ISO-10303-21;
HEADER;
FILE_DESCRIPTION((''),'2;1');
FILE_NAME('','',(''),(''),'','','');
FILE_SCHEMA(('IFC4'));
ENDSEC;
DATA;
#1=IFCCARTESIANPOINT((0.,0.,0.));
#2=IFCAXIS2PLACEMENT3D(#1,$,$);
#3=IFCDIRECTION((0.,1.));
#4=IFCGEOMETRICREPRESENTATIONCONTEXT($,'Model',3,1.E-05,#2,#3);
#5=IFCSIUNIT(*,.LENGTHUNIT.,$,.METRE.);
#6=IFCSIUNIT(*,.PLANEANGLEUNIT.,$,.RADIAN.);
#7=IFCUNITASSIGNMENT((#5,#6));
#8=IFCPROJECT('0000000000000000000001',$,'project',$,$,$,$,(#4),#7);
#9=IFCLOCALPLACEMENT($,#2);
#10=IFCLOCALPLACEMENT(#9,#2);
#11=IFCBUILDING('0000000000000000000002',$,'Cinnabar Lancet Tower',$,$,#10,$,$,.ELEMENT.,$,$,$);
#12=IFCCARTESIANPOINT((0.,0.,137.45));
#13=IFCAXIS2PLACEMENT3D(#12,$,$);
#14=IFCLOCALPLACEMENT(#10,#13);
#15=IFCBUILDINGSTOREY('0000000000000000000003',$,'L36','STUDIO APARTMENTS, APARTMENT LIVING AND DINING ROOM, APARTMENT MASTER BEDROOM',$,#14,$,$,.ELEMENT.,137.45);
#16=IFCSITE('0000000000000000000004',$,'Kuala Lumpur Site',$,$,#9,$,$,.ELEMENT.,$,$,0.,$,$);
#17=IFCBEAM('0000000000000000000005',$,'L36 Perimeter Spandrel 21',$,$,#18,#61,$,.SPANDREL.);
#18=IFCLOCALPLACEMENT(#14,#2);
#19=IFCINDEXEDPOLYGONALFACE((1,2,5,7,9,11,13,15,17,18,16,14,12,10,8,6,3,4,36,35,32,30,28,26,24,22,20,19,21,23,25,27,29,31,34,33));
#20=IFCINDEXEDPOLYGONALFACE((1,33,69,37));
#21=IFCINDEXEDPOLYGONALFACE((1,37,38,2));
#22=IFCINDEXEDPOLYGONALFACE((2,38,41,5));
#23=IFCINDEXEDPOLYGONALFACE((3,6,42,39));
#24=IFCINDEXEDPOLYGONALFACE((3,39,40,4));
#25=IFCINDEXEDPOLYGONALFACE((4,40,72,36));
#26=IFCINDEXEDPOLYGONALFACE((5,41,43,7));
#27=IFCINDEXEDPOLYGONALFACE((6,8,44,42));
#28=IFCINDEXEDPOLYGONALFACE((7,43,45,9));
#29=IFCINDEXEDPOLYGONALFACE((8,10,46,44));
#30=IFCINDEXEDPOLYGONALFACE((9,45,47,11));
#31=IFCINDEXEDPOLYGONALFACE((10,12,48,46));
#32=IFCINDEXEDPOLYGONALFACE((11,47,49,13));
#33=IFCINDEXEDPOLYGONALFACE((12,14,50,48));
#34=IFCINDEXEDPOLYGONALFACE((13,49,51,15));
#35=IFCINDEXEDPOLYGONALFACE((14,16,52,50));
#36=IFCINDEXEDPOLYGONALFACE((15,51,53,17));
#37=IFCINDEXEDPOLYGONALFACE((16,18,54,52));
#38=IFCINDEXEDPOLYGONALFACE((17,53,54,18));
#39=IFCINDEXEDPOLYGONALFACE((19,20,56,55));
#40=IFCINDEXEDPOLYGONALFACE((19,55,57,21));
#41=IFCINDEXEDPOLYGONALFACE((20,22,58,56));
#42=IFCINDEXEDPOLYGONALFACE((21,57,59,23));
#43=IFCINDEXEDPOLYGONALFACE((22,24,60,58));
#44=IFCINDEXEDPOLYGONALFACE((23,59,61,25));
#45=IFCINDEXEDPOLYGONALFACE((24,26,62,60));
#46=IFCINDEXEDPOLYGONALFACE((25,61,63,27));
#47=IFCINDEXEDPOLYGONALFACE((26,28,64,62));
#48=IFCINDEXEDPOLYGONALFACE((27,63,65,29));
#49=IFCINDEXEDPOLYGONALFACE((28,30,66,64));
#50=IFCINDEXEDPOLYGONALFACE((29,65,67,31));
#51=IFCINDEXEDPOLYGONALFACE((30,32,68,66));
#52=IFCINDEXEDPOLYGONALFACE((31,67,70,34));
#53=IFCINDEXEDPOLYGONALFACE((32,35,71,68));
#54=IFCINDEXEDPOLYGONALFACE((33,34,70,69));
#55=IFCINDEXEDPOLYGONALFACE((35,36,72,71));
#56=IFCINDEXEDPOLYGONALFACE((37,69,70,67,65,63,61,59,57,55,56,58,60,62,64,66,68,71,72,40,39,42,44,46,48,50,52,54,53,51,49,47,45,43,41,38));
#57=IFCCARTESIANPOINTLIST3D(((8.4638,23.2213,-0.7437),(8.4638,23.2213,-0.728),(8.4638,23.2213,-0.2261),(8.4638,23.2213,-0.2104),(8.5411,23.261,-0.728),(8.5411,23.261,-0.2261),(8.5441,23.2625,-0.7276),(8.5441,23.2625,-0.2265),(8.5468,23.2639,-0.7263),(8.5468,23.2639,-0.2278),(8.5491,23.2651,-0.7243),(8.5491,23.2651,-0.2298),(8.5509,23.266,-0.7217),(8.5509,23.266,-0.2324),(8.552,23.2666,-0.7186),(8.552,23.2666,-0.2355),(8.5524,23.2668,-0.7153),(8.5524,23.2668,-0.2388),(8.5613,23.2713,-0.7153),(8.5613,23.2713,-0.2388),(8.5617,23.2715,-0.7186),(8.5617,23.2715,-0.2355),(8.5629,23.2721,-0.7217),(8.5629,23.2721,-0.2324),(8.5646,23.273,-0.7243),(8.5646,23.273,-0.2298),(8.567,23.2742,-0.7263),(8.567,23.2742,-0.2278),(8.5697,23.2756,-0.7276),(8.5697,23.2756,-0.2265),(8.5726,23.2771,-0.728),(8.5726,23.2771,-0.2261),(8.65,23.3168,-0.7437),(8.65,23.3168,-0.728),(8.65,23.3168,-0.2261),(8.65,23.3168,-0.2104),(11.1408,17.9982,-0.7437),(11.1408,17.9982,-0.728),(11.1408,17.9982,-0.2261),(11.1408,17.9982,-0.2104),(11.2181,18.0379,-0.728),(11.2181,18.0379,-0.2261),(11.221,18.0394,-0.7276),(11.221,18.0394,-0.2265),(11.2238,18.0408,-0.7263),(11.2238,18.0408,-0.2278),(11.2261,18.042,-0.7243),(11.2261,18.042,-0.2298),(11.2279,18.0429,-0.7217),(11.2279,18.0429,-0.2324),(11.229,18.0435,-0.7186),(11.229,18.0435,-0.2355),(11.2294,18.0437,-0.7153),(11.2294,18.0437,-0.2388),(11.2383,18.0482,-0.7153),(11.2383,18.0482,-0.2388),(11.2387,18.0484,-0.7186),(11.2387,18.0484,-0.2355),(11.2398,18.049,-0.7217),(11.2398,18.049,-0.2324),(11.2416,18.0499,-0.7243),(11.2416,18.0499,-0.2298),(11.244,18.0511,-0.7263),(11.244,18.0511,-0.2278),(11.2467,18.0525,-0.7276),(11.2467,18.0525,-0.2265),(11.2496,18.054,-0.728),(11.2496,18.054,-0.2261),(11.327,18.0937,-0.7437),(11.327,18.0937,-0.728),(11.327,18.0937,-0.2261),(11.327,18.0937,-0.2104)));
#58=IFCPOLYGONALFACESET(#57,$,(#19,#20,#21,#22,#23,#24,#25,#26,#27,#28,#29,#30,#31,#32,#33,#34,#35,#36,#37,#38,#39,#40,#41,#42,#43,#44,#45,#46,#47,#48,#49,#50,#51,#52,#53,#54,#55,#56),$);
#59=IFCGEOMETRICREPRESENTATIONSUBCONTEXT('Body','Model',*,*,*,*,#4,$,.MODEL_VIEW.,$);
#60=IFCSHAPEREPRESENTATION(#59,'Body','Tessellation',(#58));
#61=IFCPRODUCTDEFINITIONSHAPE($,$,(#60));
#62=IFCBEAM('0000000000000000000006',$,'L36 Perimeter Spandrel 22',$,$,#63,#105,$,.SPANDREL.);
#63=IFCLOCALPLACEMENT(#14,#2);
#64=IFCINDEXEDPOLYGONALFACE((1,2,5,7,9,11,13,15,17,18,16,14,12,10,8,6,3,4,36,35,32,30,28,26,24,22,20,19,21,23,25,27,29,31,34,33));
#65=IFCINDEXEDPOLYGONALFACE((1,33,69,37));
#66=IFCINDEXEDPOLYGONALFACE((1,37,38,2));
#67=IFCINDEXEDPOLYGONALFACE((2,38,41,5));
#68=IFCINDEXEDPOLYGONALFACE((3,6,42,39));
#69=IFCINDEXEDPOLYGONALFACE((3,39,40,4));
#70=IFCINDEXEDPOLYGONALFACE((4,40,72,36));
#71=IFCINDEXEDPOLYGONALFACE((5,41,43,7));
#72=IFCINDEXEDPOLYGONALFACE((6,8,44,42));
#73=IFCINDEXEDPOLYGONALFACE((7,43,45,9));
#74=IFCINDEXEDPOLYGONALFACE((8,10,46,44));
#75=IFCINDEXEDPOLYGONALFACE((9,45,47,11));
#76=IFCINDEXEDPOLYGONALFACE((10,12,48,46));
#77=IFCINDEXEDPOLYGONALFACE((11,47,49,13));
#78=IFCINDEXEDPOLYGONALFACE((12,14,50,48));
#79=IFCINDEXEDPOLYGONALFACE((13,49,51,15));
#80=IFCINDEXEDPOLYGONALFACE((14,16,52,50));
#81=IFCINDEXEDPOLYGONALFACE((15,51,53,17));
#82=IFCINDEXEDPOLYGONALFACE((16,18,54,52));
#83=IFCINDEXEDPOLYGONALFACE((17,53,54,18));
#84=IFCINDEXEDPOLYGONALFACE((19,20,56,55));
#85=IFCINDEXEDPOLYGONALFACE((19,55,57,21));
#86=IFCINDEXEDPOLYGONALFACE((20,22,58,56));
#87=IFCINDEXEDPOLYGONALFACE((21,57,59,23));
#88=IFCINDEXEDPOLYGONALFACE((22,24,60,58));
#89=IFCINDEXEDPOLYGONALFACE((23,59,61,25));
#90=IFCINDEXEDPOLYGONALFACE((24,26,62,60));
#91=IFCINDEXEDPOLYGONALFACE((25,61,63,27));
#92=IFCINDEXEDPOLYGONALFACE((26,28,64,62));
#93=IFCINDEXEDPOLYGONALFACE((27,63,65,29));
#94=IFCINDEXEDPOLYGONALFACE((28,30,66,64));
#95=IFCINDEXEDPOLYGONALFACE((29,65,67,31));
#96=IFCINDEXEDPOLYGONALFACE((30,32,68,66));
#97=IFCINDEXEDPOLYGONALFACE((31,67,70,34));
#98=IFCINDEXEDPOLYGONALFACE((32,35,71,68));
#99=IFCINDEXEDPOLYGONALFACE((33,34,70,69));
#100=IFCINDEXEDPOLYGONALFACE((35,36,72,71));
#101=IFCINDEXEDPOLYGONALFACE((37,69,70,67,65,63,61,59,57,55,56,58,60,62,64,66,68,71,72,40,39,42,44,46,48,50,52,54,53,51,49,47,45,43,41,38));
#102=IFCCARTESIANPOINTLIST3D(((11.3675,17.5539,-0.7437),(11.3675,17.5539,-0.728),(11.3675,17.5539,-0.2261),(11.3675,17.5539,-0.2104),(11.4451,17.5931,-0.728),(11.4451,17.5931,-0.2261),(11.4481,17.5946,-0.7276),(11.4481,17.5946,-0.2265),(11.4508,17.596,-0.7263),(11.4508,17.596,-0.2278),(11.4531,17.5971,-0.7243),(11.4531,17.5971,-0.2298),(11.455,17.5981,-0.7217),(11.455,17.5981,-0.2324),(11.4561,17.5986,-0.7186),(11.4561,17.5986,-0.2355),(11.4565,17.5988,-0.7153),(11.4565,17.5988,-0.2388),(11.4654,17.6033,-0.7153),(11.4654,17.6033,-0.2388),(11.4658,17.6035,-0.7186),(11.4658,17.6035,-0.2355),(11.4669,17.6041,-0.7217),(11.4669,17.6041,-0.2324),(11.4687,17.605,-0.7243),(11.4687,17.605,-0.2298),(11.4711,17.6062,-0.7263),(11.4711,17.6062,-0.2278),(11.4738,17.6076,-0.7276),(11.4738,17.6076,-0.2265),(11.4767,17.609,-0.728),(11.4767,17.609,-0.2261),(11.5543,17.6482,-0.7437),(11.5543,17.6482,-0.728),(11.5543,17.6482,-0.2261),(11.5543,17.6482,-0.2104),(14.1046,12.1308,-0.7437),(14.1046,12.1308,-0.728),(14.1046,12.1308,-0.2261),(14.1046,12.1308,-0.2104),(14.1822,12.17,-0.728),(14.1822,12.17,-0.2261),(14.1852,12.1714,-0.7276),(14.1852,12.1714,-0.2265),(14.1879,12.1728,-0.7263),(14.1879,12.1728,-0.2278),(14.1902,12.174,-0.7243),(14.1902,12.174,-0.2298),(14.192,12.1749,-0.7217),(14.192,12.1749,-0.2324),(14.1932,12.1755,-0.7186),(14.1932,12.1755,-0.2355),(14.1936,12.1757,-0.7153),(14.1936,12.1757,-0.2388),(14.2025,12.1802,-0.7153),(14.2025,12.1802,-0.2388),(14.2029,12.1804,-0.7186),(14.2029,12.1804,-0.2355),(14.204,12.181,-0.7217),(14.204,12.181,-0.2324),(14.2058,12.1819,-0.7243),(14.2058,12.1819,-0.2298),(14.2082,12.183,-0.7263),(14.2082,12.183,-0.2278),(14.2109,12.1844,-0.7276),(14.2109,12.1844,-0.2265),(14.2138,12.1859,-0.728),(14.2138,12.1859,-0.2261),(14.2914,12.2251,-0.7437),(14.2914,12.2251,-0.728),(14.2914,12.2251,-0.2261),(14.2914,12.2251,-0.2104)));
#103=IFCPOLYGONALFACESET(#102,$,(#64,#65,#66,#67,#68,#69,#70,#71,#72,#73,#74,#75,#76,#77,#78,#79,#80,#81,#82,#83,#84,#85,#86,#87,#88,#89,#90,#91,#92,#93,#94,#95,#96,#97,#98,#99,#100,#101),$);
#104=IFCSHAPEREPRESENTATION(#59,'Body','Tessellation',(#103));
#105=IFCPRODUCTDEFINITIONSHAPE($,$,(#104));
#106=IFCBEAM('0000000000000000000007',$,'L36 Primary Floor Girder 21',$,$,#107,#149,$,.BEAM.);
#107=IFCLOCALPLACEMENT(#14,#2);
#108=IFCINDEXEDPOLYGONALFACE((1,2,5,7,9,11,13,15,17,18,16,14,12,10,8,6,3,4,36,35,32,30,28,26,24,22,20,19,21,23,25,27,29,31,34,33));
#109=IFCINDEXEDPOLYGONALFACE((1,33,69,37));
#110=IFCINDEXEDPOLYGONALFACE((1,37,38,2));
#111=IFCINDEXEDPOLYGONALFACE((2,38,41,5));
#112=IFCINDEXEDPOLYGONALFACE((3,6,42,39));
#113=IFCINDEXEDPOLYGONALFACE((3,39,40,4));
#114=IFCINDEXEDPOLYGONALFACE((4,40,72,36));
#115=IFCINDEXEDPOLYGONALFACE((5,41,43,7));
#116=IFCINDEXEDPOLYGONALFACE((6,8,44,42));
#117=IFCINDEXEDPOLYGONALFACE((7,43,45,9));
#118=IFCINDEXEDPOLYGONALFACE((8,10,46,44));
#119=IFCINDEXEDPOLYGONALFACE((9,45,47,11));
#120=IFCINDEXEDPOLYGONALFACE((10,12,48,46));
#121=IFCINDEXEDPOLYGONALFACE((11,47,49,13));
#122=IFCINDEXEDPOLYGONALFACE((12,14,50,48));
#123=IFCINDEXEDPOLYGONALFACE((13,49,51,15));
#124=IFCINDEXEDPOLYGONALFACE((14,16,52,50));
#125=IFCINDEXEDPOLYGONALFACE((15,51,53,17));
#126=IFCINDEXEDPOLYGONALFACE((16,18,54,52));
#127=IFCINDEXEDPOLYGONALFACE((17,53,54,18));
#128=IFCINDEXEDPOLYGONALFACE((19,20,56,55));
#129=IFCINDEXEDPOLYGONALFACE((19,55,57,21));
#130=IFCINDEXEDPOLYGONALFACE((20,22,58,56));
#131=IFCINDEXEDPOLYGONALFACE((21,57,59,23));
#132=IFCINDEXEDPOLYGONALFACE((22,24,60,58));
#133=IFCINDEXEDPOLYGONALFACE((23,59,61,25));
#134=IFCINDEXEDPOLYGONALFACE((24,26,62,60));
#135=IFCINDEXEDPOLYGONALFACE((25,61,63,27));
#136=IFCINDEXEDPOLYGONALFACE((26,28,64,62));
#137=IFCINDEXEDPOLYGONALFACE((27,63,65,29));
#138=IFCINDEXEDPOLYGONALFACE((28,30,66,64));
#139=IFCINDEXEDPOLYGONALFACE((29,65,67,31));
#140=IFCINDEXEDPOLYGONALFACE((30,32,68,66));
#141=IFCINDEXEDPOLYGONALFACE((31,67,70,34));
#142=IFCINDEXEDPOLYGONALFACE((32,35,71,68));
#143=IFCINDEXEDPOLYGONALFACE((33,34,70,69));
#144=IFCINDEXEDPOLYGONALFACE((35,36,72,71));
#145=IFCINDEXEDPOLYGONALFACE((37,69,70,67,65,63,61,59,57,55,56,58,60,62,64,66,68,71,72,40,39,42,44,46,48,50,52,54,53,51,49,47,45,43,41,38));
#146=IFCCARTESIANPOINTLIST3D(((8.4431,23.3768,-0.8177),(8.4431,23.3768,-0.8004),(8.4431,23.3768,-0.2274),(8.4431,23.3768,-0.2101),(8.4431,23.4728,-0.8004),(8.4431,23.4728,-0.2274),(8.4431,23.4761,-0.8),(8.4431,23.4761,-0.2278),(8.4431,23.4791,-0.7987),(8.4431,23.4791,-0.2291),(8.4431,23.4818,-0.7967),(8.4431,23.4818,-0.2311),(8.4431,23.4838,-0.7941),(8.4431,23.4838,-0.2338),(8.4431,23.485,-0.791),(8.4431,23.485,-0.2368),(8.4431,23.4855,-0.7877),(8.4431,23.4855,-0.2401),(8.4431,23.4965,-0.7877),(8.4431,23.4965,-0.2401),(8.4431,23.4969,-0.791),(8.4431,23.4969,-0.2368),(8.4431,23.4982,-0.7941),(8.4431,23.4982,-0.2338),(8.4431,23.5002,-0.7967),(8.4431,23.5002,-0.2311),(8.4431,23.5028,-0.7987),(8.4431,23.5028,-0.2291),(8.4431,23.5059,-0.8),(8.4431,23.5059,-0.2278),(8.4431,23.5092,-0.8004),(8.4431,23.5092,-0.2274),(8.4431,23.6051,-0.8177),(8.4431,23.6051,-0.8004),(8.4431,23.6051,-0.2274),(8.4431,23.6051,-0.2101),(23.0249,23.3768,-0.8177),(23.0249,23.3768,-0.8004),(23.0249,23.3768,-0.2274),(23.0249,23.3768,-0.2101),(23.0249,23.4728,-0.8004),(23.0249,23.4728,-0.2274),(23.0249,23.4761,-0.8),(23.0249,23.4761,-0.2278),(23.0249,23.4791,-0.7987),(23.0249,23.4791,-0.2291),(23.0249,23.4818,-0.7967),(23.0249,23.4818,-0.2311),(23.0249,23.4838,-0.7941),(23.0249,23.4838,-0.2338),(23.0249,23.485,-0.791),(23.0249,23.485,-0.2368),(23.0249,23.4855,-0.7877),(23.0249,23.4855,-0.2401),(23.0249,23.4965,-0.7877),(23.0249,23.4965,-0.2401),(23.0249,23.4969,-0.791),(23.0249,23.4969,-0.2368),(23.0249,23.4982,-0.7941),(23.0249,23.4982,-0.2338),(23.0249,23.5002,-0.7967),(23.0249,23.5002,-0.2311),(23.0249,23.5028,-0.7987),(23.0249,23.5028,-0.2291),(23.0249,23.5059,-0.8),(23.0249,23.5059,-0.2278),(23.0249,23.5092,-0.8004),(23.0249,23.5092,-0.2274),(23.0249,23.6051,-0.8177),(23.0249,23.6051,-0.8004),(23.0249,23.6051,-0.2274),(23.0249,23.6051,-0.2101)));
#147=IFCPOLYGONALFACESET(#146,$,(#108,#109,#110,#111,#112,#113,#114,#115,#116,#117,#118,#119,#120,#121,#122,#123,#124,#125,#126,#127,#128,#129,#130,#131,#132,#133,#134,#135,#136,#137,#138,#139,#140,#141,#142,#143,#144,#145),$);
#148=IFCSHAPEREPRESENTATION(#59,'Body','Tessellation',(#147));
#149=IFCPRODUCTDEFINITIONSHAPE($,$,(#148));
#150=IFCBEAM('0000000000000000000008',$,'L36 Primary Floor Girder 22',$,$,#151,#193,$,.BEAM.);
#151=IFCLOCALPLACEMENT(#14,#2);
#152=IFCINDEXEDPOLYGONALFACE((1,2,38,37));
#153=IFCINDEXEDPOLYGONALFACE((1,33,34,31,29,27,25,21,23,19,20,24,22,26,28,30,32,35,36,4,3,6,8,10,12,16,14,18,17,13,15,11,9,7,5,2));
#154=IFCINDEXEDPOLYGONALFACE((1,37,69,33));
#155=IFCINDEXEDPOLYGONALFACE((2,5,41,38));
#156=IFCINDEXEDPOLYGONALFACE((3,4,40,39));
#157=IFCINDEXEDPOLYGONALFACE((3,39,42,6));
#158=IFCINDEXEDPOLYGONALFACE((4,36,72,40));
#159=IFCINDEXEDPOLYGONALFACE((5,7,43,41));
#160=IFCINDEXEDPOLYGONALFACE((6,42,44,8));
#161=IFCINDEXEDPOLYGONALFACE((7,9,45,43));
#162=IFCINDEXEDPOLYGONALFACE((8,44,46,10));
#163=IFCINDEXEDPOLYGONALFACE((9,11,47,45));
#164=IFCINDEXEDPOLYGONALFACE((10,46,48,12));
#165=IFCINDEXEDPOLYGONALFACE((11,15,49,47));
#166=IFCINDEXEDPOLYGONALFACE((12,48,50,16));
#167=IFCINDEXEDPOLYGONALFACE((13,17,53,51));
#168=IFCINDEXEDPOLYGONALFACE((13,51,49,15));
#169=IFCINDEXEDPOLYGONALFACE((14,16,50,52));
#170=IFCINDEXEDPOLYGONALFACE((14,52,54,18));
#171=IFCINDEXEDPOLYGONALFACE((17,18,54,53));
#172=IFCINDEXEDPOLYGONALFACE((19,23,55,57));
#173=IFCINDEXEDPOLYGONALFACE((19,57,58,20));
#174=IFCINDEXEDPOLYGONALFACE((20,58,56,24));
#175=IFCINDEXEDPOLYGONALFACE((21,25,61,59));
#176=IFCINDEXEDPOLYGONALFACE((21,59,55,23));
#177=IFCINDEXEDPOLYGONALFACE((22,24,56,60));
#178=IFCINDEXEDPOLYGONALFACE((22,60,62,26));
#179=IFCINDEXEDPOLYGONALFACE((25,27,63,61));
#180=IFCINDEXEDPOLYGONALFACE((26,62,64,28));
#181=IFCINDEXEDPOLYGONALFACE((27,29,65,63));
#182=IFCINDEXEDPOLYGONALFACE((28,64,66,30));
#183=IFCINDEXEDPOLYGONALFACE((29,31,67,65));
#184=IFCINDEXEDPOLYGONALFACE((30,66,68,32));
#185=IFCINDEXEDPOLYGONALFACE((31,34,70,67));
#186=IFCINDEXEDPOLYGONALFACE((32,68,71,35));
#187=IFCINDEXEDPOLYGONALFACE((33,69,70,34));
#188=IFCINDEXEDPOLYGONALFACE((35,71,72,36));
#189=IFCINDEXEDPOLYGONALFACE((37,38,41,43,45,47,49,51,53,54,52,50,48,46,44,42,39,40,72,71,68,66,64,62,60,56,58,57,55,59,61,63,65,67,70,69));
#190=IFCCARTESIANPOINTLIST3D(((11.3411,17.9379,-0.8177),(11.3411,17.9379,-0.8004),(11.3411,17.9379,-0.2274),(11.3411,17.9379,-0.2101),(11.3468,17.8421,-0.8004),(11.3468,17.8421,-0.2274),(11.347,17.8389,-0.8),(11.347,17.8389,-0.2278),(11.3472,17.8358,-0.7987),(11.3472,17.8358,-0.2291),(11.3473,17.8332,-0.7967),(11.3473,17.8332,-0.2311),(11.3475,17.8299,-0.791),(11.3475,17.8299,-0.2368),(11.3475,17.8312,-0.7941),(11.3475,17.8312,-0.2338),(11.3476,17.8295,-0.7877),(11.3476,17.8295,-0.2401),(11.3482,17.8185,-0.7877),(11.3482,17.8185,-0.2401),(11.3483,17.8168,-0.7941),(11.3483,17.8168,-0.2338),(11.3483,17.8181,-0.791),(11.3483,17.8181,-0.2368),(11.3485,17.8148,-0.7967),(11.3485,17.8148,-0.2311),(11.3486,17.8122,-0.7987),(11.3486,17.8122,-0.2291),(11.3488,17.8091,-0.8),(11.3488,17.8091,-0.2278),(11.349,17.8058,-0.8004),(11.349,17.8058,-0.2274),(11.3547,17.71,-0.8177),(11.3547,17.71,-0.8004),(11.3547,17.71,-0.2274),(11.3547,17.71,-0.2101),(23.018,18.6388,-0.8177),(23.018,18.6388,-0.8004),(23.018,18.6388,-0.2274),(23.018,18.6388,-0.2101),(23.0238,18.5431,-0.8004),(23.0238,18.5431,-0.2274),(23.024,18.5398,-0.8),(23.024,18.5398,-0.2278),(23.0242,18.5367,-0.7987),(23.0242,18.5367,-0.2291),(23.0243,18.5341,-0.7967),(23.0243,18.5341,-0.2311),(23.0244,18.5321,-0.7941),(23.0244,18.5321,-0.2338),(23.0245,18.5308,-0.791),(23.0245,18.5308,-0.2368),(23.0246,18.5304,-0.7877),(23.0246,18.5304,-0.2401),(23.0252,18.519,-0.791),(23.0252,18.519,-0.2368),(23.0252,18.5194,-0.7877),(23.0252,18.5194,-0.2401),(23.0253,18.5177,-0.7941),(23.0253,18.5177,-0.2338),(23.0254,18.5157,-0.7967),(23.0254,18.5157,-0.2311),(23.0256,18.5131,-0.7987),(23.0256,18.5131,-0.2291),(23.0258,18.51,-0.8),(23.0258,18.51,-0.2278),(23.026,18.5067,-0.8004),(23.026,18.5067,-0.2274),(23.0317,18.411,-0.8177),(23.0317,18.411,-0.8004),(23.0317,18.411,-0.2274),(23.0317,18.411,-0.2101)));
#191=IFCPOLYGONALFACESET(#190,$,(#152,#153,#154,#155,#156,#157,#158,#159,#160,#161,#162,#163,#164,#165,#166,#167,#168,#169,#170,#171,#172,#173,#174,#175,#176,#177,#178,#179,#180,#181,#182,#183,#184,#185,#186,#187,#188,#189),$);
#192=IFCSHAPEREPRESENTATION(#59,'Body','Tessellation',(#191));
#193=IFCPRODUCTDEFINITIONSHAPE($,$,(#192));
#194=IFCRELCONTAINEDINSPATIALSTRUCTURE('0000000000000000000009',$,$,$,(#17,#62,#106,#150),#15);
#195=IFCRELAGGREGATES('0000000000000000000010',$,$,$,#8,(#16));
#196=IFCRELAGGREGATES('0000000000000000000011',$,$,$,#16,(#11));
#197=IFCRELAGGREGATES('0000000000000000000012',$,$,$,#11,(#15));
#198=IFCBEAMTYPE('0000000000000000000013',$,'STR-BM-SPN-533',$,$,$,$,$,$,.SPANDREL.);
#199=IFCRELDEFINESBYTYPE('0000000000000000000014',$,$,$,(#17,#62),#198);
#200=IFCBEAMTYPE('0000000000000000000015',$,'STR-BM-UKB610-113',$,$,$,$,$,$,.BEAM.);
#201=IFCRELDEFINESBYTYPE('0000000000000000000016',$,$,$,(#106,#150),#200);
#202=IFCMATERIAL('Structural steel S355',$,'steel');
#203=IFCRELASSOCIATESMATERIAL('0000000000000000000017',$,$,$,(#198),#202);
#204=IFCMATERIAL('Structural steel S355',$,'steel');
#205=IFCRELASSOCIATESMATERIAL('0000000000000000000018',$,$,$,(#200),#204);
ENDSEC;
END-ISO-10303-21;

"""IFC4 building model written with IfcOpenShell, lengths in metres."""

from ifc_helpers import new_model, si_unit, direction, frame, origin, origin_2d, place, context, subcontext, project, spatial, i_section, extrude, material, material_profile, profile_set, type_object, element, save


model = new_model("IFC4")

# Units and contexts
model_context = context("Model", 3, precision=1e-05, world=origin(), true_north=direction((0.0, 1.0)))
body_context = subcontext(model_context, "Body", "Model", "MODEL_VIEW")
ifc_project = project(units=[si_unit("LENGTHUNIT", "METRE"), si_unit("PLANEANGLEUNIT", "RADIAN")], contexts=[model_context])

# Site, building, storey
site_placement = place(None, origin())
site = spatial("IfcSite", under=ifc_project, at=site_placement, Name="Kuala Lumpur Site", CompositionType="ELEMENT", RefElevation=0.0)
building_placement = place(site_placement, origin())
building = spatial("IfcBuilding", under=site, at=building_placement, Name="Cinnabar Lancet Tower", CompositionType="ELEMENT")
storey_placement = place(building_placement, frame((0.0, 0.0, 137.45)))
storey = spatial("IfcBuildingStorey", under=building, at=storey_placement, Name="L36", Description="STUDIO APARTMENTS, APARTMENT LIVING AND DINING ROOM, APARTMENT MASTER BEDROOM", CompositionType="ELEMENT", Elevation=137.45)

# Beams
ifc_material_1 = material(Name="Structural steel S355", Category="steel")
ifc_material_profile_1 = material_profile(ifc_material_1, i_section(OverallWidth=0.2092, OverallDepth=0.5332, WebThickness=0.01, FlangeThickness=0.0156, FilletRadius=0.0127, at=origin_2d()), Name="UKB 533x210x92")
ifc_profile_set_1 = profile_set([ifc_material_profile_1], Name="Structural steel S355")
beam_type_1 = type_object("IfcBeamType", Name="STR-BM-SPN-533", PredefinedType="SPANDREL", material=ifc_profile_set_1)
beam_1_placement = place(storey_placement, frame((8.5569, 23.269, -0.4771), z_axis=(0.45611, -0.889924, 0.0), x_axis=(0.889924, 0.45611, 0.0)))
element("IfcBeam", 1, at=beam_1_placement, inside=storey, type_object=beam_type_1, Name="L36 Perimeter Spandrel 21", PredefinedType="SPANDREL", context=body_context, shape_type="SweptSolid", body=[
    extrude(i_section(OverallWidth=0.2092, OverallDepth=0.5332, WebThickness=0.01, FlangeThickness=0.0156, FilletRadius=0.0127, at=origin_2d()), origin(), (0.0, 0.0, 1.0), 5.8691),
])
beam_2_placement = place(storey_placement, frame((11.4609, 17.6011, -0.4771), z_axis=(0.45057, -0.892741, 0.0), x_axis=(0.892741, 0.45057, 0.0)))
element("IfcBeam", 2, at=beam_2_placement, inside=storey, type_object=beam_type_1, Name="L36 Perimeter Spandrel 22", PredefinedType="SPANDREL", context=body_context, shape_type="SweptSolid", body=[
    extrude(i_section(OverallWidth=0.2092, OverallDepth=0.5332, WebThickness=0.01, FlangeThickness=0.0156, FilletRadius=0.0127, at=origin_2d()), origin(), (0.0, 0.0, 1.0), 6.0747),
])
ifc_material_2 = material(Name="Structural steel S355", Category="steel")
ifc_material_profile_2 = material_profile(ifc_material_2, i_section(OverallWidth=0.2283, OverallDepth=0.6077, WebThickness=0.011, FlangeThickness=0.0173, FilletRadius=0.0127, at=origin_2d()), Name="UKB 610x229x113")
ifc_profile_set_2 = profile_set([ifc_material_profile_2], Name="Structural steel S355")
beam_type_2 = type_object("IfcBeamType", Name="STR-BM-UKB610-113", PredefinedType="BEAM", material=ifc_profile_set_2)
beam_3_placement = place(storey_placement, frame((8.4431, 23.491, -0.5139), z_axis=(1.0, 0.0, 0.0), x_axis=(0.0, 1.0, 0.0)))
element("IfcBeam", 3, at=beam_3_placement, inside=storey, type_object=beam_type_2, Name="L36 Primary Floor Girder 21", PredefinedType="BEAM", context=body_context, shape_type="SweptSolid", body=[
    extrude(i_section(OverallWidth=0.2283, OverallDepth=0.6077, WebThickness=0.011, FlangeThickness=0.0173, FilletRadius=0.0127, at=origin_2d()), origin(), (0.0, 0.0, 1.0), 14.5818),
])
beam_4_placement = place(storey_placement, frame((11.3479, 17.824, -0.5139), z_axis=(0.998203, 0.059918, 0.0), x_axis=(-0.059918, 0.998203, 0.0)))
element("IfcBeam", 4, at=beam_4_placement, inside=storey, type_object=beam_type_2, Name="L36 Primary Floor Girder 22", PredefinedType="BEAM", context=body_context, shape_type="SweptSolid", body=[
    extrude(i_section(OverallWidth=0.2283, OverallDepth=0.6077, WebThickness=0.011, FlangeThickness=0.0173, FilletRadius=0.0127, at=origin_2d()), origin(), (0.0, 0.0, 1.0), 11.698),
])

save(model, "model.ifc")
